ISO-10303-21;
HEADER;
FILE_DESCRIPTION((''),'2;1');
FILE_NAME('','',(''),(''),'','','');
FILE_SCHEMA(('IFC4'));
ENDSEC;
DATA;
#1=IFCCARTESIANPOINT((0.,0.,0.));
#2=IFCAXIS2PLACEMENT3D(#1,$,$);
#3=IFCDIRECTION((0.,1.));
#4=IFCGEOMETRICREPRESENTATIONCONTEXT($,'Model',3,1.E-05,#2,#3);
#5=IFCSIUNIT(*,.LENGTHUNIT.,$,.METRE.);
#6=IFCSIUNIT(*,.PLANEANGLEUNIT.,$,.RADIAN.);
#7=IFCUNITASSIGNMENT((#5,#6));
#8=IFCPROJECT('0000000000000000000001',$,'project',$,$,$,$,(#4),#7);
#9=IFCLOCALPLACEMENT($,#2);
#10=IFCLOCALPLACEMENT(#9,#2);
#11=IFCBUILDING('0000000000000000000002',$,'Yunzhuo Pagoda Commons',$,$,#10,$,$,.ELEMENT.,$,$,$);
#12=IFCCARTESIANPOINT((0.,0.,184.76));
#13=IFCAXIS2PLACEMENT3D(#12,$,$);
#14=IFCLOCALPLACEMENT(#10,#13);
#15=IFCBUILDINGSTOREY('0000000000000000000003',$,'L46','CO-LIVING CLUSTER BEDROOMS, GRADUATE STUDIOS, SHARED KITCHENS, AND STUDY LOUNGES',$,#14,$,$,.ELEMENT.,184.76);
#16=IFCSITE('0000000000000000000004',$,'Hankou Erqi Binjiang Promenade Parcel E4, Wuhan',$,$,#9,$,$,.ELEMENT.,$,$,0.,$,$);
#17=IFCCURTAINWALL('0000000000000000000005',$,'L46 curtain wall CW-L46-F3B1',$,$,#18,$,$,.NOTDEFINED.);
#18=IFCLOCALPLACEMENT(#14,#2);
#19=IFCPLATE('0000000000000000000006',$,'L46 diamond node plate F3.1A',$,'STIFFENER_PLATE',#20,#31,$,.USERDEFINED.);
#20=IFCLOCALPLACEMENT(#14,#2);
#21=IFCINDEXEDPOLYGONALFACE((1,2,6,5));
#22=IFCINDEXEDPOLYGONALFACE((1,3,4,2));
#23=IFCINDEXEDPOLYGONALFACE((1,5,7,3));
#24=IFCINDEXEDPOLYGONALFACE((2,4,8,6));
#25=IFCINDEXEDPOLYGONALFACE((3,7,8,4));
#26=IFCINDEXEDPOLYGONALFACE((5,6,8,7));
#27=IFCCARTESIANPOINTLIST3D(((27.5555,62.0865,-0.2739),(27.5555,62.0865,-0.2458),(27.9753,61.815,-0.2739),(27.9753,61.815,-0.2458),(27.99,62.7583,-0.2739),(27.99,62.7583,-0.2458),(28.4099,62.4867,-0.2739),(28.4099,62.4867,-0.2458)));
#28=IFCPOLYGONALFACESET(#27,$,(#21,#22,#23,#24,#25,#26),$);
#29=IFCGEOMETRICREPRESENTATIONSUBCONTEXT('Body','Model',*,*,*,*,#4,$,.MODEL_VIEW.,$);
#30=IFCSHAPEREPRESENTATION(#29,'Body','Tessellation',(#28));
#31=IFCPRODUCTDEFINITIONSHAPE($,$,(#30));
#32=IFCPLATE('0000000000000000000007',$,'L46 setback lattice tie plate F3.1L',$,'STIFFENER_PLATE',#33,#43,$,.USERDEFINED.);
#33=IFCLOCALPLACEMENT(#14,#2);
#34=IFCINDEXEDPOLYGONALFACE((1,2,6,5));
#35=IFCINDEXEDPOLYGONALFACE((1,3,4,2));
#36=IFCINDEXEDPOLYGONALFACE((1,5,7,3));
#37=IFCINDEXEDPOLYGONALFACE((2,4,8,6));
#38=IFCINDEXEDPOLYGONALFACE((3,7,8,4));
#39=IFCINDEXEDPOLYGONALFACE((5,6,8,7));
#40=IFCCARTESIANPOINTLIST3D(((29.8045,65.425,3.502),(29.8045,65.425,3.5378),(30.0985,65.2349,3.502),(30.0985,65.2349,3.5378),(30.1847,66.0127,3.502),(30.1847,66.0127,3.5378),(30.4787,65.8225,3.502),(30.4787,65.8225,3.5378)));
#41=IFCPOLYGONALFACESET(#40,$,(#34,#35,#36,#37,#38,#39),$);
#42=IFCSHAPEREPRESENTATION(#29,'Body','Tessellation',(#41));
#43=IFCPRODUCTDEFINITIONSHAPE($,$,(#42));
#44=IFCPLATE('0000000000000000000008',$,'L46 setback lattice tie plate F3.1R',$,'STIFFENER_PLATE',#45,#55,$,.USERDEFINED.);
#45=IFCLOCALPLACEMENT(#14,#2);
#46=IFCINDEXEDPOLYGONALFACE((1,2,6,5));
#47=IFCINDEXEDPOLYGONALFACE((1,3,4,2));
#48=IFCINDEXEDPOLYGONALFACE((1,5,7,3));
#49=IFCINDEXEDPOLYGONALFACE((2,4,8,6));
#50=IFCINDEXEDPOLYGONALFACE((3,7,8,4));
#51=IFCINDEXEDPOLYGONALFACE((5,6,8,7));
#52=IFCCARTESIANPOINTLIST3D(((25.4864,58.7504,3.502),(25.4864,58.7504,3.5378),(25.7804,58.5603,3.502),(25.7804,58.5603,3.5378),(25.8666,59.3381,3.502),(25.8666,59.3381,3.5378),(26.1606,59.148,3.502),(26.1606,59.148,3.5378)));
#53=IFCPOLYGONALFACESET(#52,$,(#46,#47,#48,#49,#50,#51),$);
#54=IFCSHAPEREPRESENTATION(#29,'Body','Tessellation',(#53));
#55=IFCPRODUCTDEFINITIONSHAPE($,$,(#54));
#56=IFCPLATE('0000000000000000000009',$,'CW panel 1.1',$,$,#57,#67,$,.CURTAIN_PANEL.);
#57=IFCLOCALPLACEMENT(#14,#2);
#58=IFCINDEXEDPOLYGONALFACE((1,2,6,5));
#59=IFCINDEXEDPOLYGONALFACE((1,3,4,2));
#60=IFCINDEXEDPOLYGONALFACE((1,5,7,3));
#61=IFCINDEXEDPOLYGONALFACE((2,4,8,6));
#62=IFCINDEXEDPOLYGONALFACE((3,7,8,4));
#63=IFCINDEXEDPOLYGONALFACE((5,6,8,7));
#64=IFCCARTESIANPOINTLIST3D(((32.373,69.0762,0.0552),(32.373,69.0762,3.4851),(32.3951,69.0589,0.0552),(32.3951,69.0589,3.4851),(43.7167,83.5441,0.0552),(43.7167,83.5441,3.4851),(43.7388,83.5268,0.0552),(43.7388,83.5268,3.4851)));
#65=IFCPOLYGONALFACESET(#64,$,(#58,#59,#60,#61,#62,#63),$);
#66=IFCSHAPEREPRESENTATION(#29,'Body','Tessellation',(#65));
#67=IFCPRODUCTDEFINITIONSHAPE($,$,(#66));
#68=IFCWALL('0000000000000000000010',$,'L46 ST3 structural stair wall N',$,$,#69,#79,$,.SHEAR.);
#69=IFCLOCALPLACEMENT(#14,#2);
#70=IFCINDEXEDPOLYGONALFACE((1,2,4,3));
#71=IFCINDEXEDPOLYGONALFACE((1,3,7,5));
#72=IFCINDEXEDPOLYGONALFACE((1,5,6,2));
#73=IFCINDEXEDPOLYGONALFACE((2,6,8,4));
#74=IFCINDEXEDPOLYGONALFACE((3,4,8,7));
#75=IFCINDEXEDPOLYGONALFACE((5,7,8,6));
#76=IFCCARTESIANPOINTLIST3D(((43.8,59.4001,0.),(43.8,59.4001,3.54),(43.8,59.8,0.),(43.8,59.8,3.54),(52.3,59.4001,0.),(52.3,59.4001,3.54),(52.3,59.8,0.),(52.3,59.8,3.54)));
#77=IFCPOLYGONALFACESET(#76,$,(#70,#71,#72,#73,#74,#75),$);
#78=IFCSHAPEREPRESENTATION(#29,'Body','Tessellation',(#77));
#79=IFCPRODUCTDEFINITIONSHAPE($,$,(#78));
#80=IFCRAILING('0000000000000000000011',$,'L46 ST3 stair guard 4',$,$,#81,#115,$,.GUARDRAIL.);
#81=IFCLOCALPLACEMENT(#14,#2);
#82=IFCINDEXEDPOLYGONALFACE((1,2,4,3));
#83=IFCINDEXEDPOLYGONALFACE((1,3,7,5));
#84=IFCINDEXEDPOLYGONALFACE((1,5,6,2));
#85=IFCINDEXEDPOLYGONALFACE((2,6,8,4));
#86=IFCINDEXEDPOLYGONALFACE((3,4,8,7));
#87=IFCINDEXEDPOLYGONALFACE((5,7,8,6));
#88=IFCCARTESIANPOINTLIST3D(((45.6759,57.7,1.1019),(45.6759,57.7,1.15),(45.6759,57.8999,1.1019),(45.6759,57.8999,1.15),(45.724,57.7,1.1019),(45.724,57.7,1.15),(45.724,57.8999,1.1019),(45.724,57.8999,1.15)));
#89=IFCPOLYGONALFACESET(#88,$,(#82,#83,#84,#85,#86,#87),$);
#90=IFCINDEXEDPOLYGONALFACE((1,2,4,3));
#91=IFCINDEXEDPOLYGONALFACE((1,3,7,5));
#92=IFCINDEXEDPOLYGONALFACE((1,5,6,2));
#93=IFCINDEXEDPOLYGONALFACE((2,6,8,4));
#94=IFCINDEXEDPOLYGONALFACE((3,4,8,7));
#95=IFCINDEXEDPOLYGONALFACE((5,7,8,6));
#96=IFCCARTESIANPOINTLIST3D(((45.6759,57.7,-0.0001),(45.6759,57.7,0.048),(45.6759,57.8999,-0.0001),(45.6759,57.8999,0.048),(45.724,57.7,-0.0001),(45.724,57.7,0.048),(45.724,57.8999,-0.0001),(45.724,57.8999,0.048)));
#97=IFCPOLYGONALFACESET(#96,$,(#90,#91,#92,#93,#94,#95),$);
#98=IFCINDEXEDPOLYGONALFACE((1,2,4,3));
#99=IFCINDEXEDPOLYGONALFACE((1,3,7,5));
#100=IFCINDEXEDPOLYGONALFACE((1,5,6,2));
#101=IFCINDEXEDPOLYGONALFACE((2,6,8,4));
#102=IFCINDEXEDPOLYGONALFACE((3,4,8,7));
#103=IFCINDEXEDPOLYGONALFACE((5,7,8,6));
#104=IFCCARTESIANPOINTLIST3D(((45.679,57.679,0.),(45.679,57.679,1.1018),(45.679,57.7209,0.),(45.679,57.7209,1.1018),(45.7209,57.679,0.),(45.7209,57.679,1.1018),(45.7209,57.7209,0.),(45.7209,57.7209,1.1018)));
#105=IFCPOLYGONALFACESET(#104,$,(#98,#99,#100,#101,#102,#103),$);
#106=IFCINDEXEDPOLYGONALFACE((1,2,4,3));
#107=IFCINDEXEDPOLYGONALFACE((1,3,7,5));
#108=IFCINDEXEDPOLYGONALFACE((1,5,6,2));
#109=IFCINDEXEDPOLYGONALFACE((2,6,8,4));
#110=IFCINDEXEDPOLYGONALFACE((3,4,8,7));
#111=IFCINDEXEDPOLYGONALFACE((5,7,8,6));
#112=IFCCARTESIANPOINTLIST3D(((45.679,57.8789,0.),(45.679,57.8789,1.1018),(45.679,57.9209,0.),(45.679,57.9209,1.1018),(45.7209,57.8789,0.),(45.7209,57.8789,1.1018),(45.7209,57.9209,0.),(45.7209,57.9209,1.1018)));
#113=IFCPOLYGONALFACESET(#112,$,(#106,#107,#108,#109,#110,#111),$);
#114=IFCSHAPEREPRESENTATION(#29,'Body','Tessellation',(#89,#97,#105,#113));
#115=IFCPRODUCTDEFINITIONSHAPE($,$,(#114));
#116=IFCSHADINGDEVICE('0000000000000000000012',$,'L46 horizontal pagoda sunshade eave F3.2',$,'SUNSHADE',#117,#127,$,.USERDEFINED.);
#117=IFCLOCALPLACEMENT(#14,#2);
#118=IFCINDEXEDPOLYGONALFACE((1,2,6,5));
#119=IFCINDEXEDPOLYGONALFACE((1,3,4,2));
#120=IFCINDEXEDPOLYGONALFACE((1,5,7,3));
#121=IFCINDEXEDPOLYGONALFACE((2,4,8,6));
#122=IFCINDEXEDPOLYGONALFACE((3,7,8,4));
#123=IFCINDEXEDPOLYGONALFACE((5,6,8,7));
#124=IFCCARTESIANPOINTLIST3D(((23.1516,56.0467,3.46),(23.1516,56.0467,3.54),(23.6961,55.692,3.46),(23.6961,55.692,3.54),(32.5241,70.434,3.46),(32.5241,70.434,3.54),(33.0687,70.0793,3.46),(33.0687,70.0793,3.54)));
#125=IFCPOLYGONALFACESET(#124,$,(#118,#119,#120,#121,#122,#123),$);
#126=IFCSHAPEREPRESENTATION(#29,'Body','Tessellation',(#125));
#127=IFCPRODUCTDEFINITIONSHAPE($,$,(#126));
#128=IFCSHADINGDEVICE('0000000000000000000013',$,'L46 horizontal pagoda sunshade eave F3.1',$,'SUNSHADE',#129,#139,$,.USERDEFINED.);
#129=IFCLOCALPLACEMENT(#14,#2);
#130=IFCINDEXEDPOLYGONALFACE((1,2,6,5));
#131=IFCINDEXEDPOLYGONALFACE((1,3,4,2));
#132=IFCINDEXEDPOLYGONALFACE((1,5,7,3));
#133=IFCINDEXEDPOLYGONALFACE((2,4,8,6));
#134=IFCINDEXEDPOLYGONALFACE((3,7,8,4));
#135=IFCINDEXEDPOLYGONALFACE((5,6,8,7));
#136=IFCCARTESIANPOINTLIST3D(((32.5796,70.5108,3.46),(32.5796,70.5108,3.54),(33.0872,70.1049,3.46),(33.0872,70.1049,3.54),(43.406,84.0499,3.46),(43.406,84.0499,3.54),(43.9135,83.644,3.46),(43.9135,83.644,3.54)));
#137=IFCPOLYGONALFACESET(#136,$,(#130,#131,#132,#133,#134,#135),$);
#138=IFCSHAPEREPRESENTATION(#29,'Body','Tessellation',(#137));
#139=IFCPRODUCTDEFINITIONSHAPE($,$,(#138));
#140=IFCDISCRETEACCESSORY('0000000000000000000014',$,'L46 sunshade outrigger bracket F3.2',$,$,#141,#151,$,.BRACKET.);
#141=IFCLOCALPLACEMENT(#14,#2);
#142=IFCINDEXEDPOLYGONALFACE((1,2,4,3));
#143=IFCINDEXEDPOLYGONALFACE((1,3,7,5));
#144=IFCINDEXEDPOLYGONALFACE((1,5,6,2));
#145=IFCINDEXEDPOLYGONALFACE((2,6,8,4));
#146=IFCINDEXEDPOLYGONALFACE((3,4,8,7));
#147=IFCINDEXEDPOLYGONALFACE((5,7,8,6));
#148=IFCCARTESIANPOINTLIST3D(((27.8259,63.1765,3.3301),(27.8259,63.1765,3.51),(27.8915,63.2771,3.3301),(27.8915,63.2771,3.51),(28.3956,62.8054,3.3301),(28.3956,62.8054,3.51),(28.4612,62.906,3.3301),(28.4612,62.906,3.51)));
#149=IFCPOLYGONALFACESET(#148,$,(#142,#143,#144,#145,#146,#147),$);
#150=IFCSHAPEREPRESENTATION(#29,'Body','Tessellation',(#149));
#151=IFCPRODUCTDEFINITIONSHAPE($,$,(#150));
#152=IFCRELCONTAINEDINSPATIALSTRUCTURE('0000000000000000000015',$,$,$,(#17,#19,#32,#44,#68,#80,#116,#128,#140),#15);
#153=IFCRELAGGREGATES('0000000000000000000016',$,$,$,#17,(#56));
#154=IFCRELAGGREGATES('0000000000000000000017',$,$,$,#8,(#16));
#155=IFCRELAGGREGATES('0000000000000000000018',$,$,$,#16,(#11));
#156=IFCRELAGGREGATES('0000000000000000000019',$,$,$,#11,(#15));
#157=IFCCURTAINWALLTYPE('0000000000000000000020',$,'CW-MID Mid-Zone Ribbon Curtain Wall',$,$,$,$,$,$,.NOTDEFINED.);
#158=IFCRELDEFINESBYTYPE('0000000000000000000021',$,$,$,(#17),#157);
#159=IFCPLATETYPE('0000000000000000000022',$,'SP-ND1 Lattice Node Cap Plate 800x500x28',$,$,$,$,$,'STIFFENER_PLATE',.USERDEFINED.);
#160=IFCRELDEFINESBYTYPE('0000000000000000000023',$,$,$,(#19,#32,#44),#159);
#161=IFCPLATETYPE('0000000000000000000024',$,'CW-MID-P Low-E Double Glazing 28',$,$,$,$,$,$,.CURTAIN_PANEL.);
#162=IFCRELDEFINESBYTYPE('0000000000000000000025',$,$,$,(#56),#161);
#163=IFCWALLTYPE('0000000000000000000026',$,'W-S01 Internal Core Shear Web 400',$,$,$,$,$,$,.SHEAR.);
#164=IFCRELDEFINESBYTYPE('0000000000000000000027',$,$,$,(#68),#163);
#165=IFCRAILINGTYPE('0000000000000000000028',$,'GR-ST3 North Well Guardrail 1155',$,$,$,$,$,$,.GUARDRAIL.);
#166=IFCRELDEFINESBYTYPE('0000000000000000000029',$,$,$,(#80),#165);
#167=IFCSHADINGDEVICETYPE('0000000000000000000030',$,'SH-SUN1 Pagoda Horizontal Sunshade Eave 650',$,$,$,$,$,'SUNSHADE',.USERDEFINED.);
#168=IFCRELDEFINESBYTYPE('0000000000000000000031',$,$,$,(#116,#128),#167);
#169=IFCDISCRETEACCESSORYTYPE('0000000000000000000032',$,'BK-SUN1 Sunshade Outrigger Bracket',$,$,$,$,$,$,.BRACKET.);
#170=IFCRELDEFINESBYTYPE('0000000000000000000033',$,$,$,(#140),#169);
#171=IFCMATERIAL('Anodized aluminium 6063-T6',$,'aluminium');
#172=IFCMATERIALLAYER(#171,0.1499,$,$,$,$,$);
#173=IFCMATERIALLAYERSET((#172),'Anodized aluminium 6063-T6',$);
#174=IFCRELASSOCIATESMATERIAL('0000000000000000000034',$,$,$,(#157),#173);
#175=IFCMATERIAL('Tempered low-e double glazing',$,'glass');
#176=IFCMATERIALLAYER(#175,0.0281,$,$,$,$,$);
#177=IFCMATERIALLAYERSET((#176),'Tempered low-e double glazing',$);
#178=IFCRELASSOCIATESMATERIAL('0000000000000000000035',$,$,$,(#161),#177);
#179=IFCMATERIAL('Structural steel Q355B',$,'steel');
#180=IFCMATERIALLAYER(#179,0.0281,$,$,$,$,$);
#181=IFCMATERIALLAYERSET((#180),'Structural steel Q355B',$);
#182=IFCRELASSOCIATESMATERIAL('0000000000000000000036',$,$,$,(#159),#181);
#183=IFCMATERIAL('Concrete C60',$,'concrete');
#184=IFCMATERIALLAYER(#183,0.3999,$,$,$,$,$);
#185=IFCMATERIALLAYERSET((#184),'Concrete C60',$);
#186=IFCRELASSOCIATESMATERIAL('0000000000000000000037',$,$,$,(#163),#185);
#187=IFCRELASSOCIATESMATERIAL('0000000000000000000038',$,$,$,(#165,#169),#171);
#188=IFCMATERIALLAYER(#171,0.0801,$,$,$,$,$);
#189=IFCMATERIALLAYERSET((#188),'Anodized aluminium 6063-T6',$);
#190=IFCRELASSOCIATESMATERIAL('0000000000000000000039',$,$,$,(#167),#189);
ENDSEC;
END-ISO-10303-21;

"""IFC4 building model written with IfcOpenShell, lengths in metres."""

from ifc_helpers import new_model, si_unit, direction, frame, frame_2d, origin, origin_2d, place, context, subcontext, project, spatial, rectangle, extrude, source, transform, mapped, material, layer, layer_set, type_object, element, aggregate, save


model = new_model("IFC4")

# Units and contexts
model_context = context("Model", 3, precision=1e-05, world=origin(), true_north=direction((0.0, 1.0)))
body_context = subcontext(model_context, "Body", "Model", "MODEL_VIEW")
ifc_project = project(units=[si_unit("LENGTHUNIT", "METRE"), si_unit("PLANEANGLEUNIT", "RADIAN")], contexts=[model_context])

# Site, building, storey
site_placement = place(None, origin())
site = spatial("IfcSite", under=ifc_project, at=site_placement, Name="Hankou Erqi Binjiang Promenade Parcel E4, Wuhan", CompositionType="ELEMENT", RefElevation=0.0)
building_placement = place(site_placement, origin())
building = spatial("IfcBuilding", under=site, at=building_placement, Name="Yunzhuo Pagoda Commons", CompositionType="ELEMENT")
storey_placement = place(building_placement, frame((0.0, 0.0, 184.76)))
storey = spatial("IfcBuildingStorey", under=building, at=storey_placement, Name="L46", Description="CO-LIVING CLUSTER BEDROOMS, GRADUATE STUDIOS, SHARED KITCHENS, AND STUDY LOUNGES", CompositionType="ELEMENT", Elevation=184.76)

# Shared definitions
ifc_material_1 = material(Name="Structural steel Q355B", Category="steel")

# Shared definitions
ifc_material_2 = material(Name="Anodized aluminium 6063-T6", Category="aluminium")
ifc_layer_1 = layer(ifc_material_2, 0.1499)
ifc_layer_set_1 = layer_set([ifc_layer_1], Name="Anodized aluminium 6063-T6")
curtain_wall_type = type_object("IfcCurtainWallType", Name="CW-MID Mid-Zone Ribbon Curtain Wall", PredefinedType="NOTDEFINED", material=ifc_layer_set_1)

# Curtain wall
curtain_wall_1_placement = place(storey_placement, origin())
curtain_wall_1 = element("IfcCurtainWall", 1, at=curtain_wall_1_placement, inside=storey, type_object=curtain_wall_type, Name="L46 curtain wall CW-L46-F3B1", PredefinedType="NOTDEFINED")

# Shared definitions
ifc_material_3 = material(Name="Tempered low-e double glazing", Category="glass")
ifc_layer_2 = layer(ifc_material_3, 0.0281)
ifc_layer_set_2 = layer_set([ifc_layer_2], Name="Tempered low-e double glazing")
plate_type_1 = type_object("IfcPlateType", Name="CW-MID-P Low-E Double Glazing 28", PredefinedType="CURTAIN_PANEL", material=ifc_layer_set_2)

# Plates
ifc_layer_3 = layer(ifc_material_1, 0.0281)
ifc_layer_set_3 = layer_set([ifc_layer_3], Name="Structural steel Q355B")
plate_type_2 = type_object("IfcPlateType", Name="SP-ND1 Lattice Node Cap Plate 800x500x28", ElementType="STIFFENER_PLATE", PredefinedType="USERDEFINED", material=ifc_layer_set_3)
shared_shape_1 = source(origin(), body_context, "Body", "SweptSolid", [
    extrude(rectangle(XDim=0.8, YDim=0.5, at=origin_2d()), origin(), (0.0, 0.0, 1.0), 0.0281),
])
plate_1_placement = place(storey_placement, frame((27.9827, 62.2866, -0.2739), z_axis=(0.0, 0.0, 1.0), x_axis=(-0.54316, -0.839629, 0.0)))
element("IfcPlate", 2, at=plate_1_placement, inside=storey, type_object=plate_type_2, Name="L46 diamond node plate F3.1A", ObjectType="STIFFENER_PLATE", PredefinedType="USERDEFINED", context=body_context, shape_type="MappedRepresentation", body=[
    mapped(shared_shape_1, transform((0.0, 0.0, 0.0), scale=1.0)),
])
shared_shape_2 = source(origin(), body_context, "Body", "SweptSolid", [
    extrude(rectangle(XDim=0.7, YDim=0.3501, at=origin_2d()), origin(), (0.0, 0.0, 1.0), 0.0359),
])
for number, where, z_axis, x_axis, name in (
    (3, (30.1416, 65.6238, 3.502), (0.0, 0.0, 1.0), (-0.54316, -0.839629, 0.0), "L46 setback lattice tie plate F3.1L"),
    (4, (25.8235, 58.9492, 3.502), (0.0, 0.0, 1.0), (-0.54316, -0.839629, 0.0), "L46 setback lattice tie plate F3.1R"),
):
    element("IfcPlate", number, at=place(storey_placement, frame(where, z_axis=z_axis, x_axis=x_axis)), inside=storey, type_object=plate_type_2, Name=name, ObjectType="STIFFENER_PLATE", PredefinedType="USERDEFINED", context=body_context, shape_type="MappedRepresentation", body=[
        mapped(shared_shape_2, transform((0.0, 0.0, 0.0), scale=1.0)),
    ])

# Plate
shared_shape_3 = source(origin(), body_context, "Body", "SweptSolid", [
    extrude(rectangle(XDim=18.3848, YDim=0.0281, at=origin_2d()), origin(), (0.0, 0.0, 1.0), 3.4299),
])
plate_2_placement = place(storey_placement, frame((38.0559, 76.3015, 0.0552), z_axis=(0.0, 0.0, 1.0), x_axis=(-0.617016, -0.78695, 0.0)))
plate_2 = element("IfcPlate", 5, at=plate_2_placement, type_object=plate_type_1, Name="CW panel 1.1", PredefinedType="CURTAIN_PANEL", context=body_context, shape_type="MappedRepresentation", body=[
    mapped(shared_shape_3, transform((0.0, 0.0, 0.0), scale=1.0)),
])
aggregate(curtain_wall_1, [plate_2])

# Wall
ifc_material_4 = material(Name="Concrete C60", Category="concrete")
ifc_layer_4 = layer(ifc_material_4, 0.3999)
ifc_layer_set_4 = layer_set([ifc_layer_4], Name="Concrete C60")
wall_type = type_object("IfcWallType", Name="W-S01 Internal Core Shear Web 400", PredefinedType="SHEAR", material=ifc_layer_set_4)
wall_placement = place(storey_placement, frame((43.8, 59.6001, 0.0), z_axis=(0.0, 0.0, 1.0), x_axis=(1.0, 0.0, 0.0)))
element("IfcWall", 6, at=wall_placement, inside=storey, type_object=wall_type, Name="L46 ST3 structural stair wall N", PredefinedType="SHEAR", context=body_context, shape_type="SweptSolid", body=[
    extrude(rectangle(XDim=8.5, YDim=0.3999, at=frame_2d((4.25, 0.0))), origin(), (0.0, 0.0, 1.0), 3.54),
])

# Railing
railing_type = type_object("IfcRailingType", Name="GR-ST3 North Well Guardrail 1155", PredefinedType="GUARDRAIL", material=ifc_material_2)
railing_placement = place(storey_placement, frame((45.7, 57.7, 0.0)))
element("IfcRailing", 7, at=railing_placement, inside=storey, type_object=railing_type, Name="L46 ST3 stair guard 4", PredefinedType="GUARDRAIL", context=body_context, shape_type="SweptSolid", body=[
    extrude(rectangle(XDim=0.0481, YDim=0.0481, at=origin_2d()), frame((0.0, 0.0, 1.126), z_axis=(0.0, 1.0, 0.0), x_axis=(-1.0, 0.0, 0.0)), (0.0, 0.0, 1.0), 0.2),
    extrude(rectangle(XDim=0.0481, YDim=0.0481, at=origin_2d()), frame((0.0, 0.0, 0.0239), z_axis=(0.0, 1.0, 0.0), x_axis=(-1.0, 0.0, 0.0)), (0.0, 0.0, 1.0), 0.2),
    extrude(rectangle(XDim=0.042, YDim=0.042, at=origin_2d()), origin(), (0.0, 0.0, 1.0), 1.1018),
    extrude(rectangle(XDim=0.042, YDim=0.042, at=origin_2d()), frame((0.0, 0.2, 0.0)), (0.0, 0.0, 1.0), 1.1018),
])

# Shading devices
ifc_layer_5 = layer(ifc_material_2, 0.0801)
ifc_layer_set_5 = layer_set([ifc_layer_5], Name="Anodized aluminium 6063-T6")
shading_device_type = type_object("IfcShadingDeviceType", Name="SH-SUN1 Pagoda Horizontal Sunshade Eave 650", ElementType="SUNSHADE", PredefinedType="USERDEFINED", material=ifc_layer_set_5)
shared_shape_4 = source(origin(), body_context, "Body", "SweptSolid", [
    extrude(rectangle(XDim=17.1709, YDim=0.6499, at=origin_2d()), origin(), (0.0, 0.0, 1.0), 0.0801),
])
shading_device_1_placement = place(storey_placement, frame((28.1101, 63.063, 3.46), z_axis=(0.0, 0.0, 1.0), x_axis=(-0.545839, -0.83789, 0.0)))
element("IfcShadingDevice", 8, at=shading_device_1_placement, inside=storey, type_object=shading_device_type, Name="L46 horizontal pagoda sunshade eave F3.2", ObjectType="SUNSHADE", PredefinedType="USERDEFINED", context=body_context, shape_type="MappedRepresentation", body=[
    mapped(shared_shape_4, transform((0.0, 0.0, 0.0), scale=1.0)),
])
shared_shape_5 = source(origin(), body_context, "Body", "SweptSolid", [
    extrude(rectangle(XDim=17.3354, YDim=0.6499, at=origin_2d()), origin(), (0.0, 0.0, 1.0), 0.0801),
])
shading_device_2_placement = place(storey_placement, frame((38.2466, 77.0774, 3.46), z_axis=(0.0, 0.0, 1.0), x_axis=(-0.62452, -0.781008, 0.0)))
element("IfcShadingDevice", 9, at=shading_device_2_placement, inside=storey, type_object=shading_device_type, Name="L46 horizontal pagoda sunshade eave F3.1", ObjectType="SUNSHADE", PredefinedType="USERDEFINED", context=body_context, shape_type="MappedRepresentation", body=[
    mapped(shared_shape_5, transform((0.0, 0.0, 0.0), scale=1.0)),
])

# Discrete accessory
discrete_accessory_type = type_object("IfcDiscreteAccessoryType", Name="BK-SUN1 Sunshade Outrigger Bracket", PredefinedType="BRACKET", material=ifc_material_2)
shared_shape_6 = source(origin(), body_context, "Body", "SweptSolid", [
    extrude(rectangle(XDim=0.1201, YDim=0.6799, at=origin_2d()), origin(), (0.0, 0.0, 1.0), 0.1799),
])
discrete_accessory_placement = place(storey_placement, frame((28.1436, 63.0413, 3.3301), z_axis=(0.0, 0.0, 1.0), x_axis=(-0.545839, -0.83789, 0.0)))
element("IfcDiscreteAccessory", 10, at=discrete_accessory_placement, inside=storey, type_object=discrete_accessory_type, Name="L46 sunshade outrigger bracket F3.2", PredefinedType="BRACKET", context=body_context, shape_type="MappedRepresentation", body=[
    mapped(shared_shape_6, transform((0.0, 0.0, 0.0), scale=1.0)),
])

save(model, "model.ifc")
